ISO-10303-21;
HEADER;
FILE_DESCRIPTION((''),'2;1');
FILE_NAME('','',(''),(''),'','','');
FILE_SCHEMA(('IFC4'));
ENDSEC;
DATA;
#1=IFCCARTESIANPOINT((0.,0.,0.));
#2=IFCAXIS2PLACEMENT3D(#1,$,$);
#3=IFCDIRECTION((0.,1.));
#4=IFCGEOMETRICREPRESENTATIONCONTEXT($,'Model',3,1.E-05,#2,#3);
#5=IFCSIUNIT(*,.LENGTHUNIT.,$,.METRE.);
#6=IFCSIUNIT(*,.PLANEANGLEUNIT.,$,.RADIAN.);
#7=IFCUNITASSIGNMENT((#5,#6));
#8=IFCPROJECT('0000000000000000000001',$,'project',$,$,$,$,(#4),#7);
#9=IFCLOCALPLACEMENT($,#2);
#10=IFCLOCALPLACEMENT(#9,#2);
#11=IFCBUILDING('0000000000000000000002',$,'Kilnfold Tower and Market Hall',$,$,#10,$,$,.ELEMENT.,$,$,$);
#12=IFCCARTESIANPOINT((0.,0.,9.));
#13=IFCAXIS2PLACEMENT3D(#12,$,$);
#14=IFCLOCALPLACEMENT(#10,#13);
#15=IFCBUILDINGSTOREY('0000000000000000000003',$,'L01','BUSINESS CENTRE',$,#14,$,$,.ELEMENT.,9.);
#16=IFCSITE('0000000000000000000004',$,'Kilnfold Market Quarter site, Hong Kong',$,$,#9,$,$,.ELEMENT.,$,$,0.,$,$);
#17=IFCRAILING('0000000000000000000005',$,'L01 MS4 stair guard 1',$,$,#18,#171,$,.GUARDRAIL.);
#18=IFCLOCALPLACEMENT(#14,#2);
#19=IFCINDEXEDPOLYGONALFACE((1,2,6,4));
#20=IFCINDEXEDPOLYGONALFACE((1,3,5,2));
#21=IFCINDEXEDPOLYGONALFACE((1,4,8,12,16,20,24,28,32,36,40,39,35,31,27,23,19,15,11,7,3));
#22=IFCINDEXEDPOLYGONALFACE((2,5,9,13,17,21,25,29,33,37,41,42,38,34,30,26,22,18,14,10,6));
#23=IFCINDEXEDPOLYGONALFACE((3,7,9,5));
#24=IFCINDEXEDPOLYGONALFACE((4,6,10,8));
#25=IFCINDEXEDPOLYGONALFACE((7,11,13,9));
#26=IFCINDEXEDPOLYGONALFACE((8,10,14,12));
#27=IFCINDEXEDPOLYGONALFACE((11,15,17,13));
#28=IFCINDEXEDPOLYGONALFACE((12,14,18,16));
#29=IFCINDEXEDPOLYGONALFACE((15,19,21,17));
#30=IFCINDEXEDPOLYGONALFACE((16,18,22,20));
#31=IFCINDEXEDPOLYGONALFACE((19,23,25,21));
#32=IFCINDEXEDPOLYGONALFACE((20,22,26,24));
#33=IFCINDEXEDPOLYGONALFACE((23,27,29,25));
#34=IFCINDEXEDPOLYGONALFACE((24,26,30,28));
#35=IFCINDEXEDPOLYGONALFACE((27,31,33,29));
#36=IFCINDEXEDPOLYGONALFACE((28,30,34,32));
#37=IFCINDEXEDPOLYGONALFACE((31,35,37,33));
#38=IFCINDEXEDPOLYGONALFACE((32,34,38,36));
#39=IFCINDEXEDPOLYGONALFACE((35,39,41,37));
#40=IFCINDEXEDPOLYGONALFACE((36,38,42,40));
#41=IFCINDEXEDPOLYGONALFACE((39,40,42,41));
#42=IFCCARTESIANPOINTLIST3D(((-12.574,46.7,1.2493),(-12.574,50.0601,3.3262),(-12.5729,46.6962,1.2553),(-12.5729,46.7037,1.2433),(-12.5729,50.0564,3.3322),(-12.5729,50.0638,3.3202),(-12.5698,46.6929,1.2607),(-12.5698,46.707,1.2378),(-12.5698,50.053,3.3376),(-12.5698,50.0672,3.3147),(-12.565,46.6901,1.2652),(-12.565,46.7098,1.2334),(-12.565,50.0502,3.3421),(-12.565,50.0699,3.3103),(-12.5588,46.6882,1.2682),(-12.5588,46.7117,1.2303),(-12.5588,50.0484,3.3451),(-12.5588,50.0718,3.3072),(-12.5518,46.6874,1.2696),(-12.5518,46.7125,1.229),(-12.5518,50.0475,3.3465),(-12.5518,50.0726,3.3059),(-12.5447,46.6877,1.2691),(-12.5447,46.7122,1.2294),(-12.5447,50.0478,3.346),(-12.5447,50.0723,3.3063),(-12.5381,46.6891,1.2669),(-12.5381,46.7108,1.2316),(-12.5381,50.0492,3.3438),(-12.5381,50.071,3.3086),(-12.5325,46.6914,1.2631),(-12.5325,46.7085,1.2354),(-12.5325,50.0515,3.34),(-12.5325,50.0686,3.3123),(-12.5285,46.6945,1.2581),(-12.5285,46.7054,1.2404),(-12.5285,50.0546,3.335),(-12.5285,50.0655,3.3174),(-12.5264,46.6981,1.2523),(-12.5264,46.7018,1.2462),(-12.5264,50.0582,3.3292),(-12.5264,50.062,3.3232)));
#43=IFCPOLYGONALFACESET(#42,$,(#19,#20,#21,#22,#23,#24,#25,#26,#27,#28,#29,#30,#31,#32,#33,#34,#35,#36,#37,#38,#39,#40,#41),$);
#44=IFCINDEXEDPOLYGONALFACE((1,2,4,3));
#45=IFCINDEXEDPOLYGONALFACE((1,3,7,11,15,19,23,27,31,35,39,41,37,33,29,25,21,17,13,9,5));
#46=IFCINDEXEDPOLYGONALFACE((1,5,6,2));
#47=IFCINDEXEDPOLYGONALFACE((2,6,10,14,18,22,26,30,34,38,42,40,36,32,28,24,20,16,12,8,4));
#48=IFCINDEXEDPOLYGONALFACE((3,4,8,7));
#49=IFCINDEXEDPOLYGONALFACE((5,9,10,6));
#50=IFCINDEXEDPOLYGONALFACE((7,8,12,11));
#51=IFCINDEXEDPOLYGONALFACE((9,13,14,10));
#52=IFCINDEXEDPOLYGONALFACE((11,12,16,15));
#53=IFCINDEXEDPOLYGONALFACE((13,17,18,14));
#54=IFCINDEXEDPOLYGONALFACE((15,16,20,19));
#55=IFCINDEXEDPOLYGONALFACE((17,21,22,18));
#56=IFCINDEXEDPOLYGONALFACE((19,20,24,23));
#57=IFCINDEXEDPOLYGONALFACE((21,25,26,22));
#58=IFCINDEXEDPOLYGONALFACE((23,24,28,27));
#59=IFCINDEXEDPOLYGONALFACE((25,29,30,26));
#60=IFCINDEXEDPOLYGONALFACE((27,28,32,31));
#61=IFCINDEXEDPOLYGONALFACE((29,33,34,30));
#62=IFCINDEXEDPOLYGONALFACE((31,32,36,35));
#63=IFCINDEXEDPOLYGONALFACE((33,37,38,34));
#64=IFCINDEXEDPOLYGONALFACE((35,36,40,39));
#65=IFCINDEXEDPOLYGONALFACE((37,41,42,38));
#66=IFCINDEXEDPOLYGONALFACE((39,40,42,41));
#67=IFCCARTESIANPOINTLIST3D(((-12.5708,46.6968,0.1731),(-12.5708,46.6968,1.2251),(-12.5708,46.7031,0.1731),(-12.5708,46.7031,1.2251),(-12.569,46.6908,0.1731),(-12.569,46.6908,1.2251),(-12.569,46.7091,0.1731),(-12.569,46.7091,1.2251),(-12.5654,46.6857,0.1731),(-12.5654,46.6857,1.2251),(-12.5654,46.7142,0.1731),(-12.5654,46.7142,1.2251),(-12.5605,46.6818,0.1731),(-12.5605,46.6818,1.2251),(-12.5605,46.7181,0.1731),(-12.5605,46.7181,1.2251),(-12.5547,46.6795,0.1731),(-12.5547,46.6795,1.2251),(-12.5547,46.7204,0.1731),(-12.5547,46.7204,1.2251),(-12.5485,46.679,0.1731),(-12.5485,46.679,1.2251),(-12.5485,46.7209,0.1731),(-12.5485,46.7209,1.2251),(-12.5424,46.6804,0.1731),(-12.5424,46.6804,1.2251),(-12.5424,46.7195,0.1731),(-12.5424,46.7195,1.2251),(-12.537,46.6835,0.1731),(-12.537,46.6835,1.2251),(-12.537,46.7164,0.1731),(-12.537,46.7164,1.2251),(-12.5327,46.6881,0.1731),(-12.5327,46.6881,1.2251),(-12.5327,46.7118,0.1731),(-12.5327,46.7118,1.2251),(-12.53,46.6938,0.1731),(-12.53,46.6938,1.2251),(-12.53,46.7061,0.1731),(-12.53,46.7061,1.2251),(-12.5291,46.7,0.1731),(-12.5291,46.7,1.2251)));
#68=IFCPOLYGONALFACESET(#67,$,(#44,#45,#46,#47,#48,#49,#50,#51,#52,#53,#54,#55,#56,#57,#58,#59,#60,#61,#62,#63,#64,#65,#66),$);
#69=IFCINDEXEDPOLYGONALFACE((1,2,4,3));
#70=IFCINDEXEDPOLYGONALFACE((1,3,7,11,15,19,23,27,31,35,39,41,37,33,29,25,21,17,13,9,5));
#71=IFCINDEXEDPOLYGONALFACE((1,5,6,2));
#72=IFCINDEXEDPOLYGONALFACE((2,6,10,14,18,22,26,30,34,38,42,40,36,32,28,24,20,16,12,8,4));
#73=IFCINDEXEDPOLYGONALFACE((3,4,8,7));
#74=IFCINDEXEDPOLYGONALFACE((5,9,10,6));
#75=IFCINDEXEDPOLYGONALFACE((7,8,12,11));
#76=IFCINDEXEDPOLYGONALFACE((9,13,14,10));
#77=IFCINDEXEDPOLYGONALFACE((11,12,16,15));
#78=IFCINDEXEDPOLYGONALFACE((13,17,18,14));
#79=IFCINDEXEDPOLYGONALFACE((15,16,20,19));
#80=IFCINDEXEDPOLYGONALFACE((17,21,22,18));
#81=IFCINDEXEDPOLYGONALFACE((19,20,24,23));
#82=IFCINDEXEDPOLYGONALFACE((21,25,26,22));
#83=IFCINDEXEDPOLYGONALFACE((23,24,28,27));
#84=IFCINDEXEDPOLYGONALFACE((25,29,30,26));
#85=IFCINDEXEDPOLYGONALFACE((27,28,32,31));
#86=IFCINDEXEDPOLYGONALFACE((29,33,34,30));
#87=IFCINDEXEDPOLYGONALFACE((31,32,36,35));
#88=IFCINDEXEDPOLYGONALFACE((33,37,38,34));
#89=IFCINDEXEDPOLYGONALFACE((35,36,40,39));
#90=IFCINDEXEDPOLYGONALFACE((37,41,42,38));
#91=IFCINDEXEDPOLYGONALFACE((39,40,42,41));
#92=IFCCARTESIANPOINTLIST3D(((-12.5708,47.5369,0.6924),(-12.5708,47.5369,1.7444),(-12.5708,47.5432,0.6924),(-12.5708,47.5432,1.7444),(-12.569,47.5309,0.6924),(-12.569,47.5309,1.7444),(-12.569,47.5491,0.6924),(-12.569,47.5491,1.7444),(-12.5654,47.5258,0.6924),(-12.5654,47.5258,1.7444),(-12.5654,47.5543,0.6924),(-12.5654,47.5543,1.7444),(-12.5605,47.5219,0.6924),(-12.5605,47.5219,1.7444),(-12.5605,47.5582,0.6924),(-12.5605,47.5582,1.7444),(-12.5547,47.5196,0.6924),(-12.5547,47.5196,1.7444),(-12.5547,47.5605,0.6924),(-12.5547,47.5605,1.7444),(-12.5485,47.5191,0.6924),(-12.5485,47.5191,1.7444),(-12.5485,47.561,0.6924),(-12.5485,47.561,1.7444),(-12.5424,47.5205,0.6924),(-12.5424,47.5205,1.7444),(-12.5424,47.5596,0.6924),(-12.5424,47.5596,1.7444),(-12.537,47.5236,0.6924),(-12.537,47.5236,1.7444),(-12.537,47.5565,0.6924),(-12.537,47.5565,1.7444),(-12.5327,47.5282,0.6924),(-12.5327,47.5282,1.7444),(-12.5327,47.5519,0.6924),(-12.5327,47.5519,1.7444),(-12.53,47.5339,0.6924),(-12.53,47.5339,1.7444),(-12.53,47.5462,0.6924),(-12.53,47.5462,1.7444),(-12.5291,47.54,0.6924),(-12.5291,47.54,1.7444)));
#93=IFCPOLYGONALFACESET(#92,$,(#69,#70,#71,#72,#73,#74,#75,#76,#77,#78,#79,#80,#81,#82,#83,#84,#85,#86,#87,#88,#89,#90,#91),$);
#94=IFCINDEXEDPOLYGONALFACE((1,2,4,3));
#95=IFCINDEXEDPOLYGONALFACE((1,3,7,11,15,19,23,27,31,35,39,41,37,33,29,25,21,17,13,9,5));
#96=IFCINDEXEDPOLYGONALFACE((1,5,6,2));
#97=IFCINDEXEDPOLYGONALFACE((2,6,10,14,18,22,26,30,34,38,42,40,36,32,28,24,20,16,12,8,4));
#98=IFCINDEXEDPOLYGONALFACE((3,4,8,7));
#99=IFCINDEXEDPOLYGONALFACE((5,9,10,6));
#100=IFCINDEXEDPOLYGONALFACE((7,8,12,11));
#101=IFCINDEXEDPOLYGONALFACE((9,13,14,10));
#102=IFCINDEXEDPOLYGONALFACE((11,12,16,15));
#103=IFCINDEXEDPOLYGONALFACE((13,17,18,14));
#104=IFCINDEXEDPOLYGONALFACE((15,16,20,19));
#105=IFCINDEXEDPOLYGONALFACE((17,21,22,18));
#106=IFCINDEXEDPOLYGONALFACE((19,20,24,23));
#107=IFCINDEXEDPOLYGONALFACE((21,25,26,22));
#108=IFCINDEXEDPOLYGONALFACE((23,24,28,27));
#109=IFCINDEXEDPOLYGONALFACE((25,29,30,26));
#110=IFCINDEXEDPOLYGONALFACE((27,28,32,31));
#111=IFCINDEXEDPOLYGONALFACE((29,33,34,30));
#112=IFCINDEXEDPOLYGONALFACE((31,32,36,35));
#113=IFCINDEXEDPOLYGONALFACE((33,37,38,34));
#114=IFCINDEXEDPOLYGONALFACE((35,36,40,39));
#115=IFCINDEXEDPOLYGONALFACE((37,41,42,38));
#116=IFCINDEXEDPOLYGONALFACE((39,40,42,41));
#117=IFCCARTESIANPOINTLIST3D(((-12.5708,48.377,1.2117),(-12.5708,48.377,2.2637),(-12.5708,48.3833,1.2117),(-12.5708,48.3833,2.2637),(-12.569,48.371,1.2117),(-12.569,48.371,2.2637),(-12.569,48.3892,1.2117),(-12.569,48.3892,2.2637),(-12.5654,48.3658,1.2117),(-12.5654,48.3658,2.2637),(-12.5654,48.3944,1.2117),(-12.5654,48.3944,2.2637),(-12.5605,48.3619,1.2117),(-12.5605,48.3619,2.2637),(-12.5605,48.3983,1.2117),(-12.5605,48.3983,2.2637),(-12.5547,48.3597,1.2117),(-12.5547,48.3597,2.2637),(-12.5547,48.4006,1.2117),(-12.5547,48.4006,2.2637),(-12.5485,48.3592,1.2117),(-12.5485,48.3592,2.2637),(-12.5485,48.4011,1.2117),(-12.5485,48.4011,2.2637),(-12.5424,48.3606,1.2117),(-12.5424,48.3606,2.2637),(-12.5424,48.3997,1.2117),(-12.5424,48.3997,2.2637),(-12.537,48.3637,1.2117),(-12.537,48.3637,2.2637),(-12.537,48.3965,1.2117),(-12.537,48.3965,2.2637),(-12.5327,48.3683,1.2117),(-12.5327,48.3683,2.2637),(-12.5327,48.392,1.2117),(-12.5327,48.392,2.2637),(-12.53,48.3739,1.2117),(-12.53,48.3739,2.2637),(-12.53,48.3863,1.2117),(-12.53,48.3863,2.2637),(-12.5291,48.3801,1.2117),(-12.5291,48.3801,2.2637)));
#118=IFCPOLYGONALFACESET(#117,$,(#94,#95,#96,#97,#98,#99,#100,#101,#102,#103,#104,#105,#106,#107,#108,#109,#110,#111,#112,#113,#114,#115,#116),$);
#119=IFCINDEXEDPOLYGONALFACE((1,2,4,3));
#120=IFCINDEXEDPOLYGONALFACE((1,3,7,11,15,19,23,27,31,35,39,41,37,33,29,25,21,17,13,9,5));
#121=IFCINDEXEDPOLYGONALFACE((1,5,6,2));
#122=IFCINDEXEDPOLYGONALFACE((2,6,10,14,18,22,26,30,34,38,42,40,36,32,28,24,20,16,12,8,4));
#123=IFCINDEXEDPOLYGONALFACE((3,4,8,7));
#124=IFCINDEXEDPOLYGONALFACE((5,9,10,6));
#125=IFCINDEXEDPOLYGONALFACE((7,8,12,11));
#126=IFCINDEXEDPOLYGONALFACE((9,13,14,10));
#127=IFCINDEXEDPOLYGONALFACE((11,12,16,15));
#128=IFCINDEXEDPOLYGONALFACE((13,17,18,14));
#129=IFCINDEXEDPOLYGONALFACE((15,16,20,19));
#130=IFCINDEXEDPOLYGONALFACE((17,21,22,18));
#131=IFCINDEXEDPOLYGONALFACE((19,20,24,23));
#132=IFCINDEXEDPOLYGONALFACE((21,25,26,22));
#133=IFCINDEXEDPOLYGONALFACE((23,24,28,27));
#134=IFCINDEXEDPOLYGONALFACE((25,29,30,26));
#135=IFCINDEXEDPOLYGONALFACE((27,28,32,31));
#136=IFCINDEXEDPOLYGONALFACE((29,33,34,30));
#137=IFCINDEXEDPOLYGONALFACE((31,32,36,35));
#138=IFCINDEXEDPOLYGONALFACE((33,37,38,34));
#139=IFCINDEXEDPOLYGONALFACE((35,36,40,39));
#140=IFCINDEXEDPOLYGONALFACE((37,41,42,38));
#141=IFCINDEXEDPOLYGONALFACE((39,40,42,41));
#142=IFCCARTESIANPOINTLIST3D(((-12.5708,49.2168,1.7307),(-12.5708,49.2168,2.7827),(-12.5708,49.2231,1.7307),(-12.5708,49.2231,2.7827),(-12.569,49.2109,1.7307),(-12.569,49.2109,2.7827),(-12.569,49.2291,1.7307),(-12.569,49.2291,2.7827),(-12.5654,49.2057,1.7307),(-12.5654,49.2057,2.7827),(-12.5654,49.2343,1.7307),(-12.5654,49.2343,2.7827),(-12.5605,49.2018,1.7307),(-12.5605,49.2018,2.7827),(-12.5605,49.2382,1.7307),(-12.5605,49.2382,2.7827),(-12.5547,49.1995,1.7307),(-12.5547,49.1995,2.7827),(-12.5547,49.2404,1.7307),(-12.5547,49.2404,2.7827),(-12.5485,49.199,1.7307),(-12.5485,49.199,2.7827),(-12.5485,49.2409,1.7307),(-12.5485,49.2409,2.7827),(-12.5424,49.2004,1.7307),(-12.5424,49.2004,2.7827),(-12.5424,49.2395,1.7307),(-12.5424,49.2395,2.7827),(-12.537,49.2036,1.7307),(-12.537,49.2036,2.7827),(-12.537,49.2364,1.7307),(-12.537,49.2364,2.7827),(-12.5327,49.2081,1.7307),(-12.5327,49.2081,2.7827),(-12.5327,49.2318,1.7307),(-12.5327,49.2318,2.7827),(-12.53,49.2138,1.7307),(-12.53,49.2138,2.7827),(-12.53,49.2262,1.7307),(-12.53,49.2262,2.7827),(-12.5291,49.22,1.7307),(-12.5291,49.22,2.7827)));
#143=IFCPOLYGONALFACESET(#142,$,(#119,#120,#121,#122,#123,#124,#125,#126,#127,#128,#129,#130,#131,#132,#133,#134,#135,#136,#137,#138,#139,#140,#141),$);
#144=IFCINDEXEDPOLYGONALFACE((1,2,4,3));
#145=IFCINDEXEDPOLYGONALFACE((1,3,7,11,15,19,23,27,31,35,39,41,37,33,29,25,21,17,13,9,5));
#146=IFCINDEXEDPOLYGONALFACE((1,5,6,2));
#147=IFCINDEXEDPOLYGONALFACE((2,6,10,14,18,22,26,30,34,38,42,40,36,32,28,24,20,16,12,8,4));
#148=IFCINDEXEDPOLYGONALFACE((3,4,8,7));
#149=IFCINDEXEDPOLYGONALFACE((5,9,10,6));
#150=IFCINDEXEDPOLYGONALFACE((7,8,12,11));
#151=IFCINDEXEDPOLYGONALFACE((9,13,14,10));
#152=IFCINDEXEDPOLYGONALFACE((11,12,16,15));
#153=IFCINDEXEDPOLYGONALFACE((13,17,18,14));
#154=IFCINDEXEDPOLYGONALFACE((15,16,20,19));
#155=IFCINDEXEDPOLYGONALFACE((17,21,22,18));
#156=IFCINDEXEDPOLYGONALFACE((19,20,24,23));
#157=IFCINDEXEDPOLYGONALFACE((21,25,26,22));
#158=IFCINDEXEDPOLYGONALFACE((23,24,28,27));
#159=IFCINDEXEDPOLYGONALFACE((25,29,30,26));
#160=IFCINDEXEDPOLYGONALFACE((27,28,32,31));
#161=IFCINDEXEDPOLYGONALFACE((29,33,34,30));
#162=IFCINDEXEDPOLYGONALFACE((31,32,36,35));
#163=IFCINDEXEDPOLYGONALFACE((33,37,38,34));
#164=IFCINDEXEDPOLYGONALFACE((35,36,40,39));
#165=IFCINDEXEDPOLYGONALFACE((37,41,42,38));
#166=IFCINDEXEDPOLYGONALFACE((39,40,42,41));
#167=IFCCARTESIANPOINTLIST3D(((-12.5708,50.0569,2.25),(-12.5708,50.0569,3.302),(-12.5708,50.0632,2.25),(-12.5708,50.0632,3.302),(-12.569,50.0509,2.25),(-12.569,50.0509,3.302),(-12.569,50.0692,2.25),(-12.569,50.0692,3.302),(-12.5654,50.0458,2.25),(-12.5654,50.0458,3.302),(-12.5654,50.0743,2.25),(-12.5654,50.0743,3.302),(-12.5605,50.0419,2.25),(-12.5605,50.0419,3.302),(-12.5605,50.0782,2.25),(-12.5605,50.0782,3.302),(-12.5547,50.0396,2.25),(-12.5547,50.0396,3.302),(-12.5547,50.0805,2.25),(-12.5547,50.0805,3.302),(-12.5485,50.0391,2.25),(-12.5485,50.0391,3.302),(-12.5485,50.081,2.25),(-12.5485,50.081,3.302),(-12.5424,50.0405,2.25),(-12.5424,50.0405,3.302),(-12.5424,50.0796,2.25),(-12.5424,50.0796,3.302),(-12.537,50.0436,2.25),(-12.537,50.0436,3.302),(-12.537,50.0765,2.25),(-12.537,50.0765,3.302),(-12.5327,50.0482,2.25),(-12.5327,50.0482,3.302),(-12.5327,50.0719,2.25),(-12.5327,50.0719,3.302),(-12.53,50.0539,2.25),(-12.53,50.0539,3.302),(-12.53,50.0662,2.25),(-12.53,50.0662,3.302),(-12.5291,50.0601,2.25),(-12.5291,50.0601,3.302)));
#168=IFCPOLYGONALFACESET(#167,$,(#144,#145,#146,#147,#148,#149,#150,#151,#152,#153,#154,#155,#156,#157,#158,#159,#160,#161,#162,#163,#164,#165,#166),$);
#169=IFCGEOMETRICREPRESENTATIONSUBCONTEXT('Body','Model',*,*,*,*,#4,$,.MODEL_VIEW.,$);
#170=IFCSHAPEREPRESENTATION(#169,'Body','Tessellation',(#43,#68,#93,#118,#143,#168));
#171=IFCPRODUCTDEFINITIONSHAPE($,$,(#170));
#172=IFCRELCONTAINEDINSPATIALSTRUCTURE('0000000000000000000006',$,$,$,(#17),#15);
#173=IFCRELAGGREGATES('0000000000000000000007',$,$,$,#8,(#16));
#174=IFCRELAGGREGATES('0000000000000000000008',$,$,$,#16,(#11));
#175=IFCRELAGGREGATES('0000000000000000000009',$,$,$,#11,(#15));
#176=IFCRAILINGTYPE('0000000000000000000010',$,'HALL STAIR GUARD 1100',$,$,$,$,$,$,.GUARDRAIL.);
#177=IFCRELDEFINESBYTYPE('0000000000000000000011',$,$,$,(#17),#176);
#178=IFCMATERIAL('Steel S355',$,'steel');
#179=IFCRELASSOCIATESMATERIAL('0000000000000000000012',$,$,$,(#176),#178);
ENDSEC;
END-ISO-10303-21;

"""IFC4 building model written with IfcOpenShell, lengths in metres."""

from ifc_helpers import new_model, si_unit, direction, frame, origin, origin_2d, place, context, subcontext, project, spatial, circle, extrude, material, type_object, element, save


model = new_model("IFC4")

# Units and contexts
model_context = context("Model", 3, precision=1e-05, world=origin(), true_north=direction((0.0, 1.0)))
body_context = subcontext(model_context, "Body", "Model", "MODEL_VIEW")
ifc_project = project(units=[si_unit("LENGTHUNIT", "METRE"), si_unit("PLANEANGLEUNIT", "RADIAN")], contexts=[model_context])

# Site, building, storey
site_placement = place(None, origin())
site = spatial("IfcSite", under=ifc_project, at=site_placement, Name="Kilnfold Market Quarter site, Hong Kong", CompositionType="ELEMENT", RefElevation=0.0)
building_placement = place(site_placement, origin())
building = spatial("IfcBuilding", under=site, at=building_placement, Name="Kilnfold Tower and Market Hall", CompositionType="ELEMENT")
storey_placement = place(building_placement, frame((0.0, 0.0, 9.0)))
storey = spatial("IfcBuildingStorey", under=building, at=storey_placement, Name="L01", Description="BUSINESS CENTRE", CompositionType="ELEMENT", Elevation=9.0)

# Railing
ifc_material_1 = material(Name="Steel S355", Category="steel")
railing_type_1 = type_object("IfcRailingType", Name="HALL STAIR GUARD 1100", PredefinedType="GUARDRAIL", material=ifc_material_1)
railing_1_placement = place(storey_placement, frame((-12.55, 46.7, 0.1731)))
element("IfcRailing", 1, at=railing_1_placement, inside=storey, type_object=railing_type_1, Name="L01 MS4 stair guard 1", PredefinedType="GUARDRAIL", context=body_context, shape_type="SweptSolid", body=[
    extrude(circle(Radius=0.0239, at=origin_2d()), frame((0.0, 0.0, 1.0762), z_axis=(0.0, 0.850623, 0.525776), x_axis=(-1.0, 0.0, 0.0)), (0.0, 0.0, 1.0), 3.9502),
    extrude(circle(Radius=0.021, at=origin_2d()), origin(), (0.0, 0.0, 1.0), 1.052),
    extrude(circle(Radius=0.021, at=origin_2d()), frame((0.0, 0.8401, 0.5193)), (0.0, 0.0, 1.0), 1.052),
    extrude(circle(Radius=0.021, at=origin_2d()), frame((0.0, 1.6802, 1.0386)), (0.0, 0.0, 1.0), 1.052),
    extrude(circle(Radius=0.021, at=origin_2d()), frame((0.0, 2.52, 1.5576)), (0.0, 0.0, 1.0), 1.052),
    extrude(circle(Radius=0.021, at=origin_2d()), frame((0.0, 3.3601, 2.0769)), (0.0, 0.0, 1.0), 1.052),
])

save(model, "model.ifc")
